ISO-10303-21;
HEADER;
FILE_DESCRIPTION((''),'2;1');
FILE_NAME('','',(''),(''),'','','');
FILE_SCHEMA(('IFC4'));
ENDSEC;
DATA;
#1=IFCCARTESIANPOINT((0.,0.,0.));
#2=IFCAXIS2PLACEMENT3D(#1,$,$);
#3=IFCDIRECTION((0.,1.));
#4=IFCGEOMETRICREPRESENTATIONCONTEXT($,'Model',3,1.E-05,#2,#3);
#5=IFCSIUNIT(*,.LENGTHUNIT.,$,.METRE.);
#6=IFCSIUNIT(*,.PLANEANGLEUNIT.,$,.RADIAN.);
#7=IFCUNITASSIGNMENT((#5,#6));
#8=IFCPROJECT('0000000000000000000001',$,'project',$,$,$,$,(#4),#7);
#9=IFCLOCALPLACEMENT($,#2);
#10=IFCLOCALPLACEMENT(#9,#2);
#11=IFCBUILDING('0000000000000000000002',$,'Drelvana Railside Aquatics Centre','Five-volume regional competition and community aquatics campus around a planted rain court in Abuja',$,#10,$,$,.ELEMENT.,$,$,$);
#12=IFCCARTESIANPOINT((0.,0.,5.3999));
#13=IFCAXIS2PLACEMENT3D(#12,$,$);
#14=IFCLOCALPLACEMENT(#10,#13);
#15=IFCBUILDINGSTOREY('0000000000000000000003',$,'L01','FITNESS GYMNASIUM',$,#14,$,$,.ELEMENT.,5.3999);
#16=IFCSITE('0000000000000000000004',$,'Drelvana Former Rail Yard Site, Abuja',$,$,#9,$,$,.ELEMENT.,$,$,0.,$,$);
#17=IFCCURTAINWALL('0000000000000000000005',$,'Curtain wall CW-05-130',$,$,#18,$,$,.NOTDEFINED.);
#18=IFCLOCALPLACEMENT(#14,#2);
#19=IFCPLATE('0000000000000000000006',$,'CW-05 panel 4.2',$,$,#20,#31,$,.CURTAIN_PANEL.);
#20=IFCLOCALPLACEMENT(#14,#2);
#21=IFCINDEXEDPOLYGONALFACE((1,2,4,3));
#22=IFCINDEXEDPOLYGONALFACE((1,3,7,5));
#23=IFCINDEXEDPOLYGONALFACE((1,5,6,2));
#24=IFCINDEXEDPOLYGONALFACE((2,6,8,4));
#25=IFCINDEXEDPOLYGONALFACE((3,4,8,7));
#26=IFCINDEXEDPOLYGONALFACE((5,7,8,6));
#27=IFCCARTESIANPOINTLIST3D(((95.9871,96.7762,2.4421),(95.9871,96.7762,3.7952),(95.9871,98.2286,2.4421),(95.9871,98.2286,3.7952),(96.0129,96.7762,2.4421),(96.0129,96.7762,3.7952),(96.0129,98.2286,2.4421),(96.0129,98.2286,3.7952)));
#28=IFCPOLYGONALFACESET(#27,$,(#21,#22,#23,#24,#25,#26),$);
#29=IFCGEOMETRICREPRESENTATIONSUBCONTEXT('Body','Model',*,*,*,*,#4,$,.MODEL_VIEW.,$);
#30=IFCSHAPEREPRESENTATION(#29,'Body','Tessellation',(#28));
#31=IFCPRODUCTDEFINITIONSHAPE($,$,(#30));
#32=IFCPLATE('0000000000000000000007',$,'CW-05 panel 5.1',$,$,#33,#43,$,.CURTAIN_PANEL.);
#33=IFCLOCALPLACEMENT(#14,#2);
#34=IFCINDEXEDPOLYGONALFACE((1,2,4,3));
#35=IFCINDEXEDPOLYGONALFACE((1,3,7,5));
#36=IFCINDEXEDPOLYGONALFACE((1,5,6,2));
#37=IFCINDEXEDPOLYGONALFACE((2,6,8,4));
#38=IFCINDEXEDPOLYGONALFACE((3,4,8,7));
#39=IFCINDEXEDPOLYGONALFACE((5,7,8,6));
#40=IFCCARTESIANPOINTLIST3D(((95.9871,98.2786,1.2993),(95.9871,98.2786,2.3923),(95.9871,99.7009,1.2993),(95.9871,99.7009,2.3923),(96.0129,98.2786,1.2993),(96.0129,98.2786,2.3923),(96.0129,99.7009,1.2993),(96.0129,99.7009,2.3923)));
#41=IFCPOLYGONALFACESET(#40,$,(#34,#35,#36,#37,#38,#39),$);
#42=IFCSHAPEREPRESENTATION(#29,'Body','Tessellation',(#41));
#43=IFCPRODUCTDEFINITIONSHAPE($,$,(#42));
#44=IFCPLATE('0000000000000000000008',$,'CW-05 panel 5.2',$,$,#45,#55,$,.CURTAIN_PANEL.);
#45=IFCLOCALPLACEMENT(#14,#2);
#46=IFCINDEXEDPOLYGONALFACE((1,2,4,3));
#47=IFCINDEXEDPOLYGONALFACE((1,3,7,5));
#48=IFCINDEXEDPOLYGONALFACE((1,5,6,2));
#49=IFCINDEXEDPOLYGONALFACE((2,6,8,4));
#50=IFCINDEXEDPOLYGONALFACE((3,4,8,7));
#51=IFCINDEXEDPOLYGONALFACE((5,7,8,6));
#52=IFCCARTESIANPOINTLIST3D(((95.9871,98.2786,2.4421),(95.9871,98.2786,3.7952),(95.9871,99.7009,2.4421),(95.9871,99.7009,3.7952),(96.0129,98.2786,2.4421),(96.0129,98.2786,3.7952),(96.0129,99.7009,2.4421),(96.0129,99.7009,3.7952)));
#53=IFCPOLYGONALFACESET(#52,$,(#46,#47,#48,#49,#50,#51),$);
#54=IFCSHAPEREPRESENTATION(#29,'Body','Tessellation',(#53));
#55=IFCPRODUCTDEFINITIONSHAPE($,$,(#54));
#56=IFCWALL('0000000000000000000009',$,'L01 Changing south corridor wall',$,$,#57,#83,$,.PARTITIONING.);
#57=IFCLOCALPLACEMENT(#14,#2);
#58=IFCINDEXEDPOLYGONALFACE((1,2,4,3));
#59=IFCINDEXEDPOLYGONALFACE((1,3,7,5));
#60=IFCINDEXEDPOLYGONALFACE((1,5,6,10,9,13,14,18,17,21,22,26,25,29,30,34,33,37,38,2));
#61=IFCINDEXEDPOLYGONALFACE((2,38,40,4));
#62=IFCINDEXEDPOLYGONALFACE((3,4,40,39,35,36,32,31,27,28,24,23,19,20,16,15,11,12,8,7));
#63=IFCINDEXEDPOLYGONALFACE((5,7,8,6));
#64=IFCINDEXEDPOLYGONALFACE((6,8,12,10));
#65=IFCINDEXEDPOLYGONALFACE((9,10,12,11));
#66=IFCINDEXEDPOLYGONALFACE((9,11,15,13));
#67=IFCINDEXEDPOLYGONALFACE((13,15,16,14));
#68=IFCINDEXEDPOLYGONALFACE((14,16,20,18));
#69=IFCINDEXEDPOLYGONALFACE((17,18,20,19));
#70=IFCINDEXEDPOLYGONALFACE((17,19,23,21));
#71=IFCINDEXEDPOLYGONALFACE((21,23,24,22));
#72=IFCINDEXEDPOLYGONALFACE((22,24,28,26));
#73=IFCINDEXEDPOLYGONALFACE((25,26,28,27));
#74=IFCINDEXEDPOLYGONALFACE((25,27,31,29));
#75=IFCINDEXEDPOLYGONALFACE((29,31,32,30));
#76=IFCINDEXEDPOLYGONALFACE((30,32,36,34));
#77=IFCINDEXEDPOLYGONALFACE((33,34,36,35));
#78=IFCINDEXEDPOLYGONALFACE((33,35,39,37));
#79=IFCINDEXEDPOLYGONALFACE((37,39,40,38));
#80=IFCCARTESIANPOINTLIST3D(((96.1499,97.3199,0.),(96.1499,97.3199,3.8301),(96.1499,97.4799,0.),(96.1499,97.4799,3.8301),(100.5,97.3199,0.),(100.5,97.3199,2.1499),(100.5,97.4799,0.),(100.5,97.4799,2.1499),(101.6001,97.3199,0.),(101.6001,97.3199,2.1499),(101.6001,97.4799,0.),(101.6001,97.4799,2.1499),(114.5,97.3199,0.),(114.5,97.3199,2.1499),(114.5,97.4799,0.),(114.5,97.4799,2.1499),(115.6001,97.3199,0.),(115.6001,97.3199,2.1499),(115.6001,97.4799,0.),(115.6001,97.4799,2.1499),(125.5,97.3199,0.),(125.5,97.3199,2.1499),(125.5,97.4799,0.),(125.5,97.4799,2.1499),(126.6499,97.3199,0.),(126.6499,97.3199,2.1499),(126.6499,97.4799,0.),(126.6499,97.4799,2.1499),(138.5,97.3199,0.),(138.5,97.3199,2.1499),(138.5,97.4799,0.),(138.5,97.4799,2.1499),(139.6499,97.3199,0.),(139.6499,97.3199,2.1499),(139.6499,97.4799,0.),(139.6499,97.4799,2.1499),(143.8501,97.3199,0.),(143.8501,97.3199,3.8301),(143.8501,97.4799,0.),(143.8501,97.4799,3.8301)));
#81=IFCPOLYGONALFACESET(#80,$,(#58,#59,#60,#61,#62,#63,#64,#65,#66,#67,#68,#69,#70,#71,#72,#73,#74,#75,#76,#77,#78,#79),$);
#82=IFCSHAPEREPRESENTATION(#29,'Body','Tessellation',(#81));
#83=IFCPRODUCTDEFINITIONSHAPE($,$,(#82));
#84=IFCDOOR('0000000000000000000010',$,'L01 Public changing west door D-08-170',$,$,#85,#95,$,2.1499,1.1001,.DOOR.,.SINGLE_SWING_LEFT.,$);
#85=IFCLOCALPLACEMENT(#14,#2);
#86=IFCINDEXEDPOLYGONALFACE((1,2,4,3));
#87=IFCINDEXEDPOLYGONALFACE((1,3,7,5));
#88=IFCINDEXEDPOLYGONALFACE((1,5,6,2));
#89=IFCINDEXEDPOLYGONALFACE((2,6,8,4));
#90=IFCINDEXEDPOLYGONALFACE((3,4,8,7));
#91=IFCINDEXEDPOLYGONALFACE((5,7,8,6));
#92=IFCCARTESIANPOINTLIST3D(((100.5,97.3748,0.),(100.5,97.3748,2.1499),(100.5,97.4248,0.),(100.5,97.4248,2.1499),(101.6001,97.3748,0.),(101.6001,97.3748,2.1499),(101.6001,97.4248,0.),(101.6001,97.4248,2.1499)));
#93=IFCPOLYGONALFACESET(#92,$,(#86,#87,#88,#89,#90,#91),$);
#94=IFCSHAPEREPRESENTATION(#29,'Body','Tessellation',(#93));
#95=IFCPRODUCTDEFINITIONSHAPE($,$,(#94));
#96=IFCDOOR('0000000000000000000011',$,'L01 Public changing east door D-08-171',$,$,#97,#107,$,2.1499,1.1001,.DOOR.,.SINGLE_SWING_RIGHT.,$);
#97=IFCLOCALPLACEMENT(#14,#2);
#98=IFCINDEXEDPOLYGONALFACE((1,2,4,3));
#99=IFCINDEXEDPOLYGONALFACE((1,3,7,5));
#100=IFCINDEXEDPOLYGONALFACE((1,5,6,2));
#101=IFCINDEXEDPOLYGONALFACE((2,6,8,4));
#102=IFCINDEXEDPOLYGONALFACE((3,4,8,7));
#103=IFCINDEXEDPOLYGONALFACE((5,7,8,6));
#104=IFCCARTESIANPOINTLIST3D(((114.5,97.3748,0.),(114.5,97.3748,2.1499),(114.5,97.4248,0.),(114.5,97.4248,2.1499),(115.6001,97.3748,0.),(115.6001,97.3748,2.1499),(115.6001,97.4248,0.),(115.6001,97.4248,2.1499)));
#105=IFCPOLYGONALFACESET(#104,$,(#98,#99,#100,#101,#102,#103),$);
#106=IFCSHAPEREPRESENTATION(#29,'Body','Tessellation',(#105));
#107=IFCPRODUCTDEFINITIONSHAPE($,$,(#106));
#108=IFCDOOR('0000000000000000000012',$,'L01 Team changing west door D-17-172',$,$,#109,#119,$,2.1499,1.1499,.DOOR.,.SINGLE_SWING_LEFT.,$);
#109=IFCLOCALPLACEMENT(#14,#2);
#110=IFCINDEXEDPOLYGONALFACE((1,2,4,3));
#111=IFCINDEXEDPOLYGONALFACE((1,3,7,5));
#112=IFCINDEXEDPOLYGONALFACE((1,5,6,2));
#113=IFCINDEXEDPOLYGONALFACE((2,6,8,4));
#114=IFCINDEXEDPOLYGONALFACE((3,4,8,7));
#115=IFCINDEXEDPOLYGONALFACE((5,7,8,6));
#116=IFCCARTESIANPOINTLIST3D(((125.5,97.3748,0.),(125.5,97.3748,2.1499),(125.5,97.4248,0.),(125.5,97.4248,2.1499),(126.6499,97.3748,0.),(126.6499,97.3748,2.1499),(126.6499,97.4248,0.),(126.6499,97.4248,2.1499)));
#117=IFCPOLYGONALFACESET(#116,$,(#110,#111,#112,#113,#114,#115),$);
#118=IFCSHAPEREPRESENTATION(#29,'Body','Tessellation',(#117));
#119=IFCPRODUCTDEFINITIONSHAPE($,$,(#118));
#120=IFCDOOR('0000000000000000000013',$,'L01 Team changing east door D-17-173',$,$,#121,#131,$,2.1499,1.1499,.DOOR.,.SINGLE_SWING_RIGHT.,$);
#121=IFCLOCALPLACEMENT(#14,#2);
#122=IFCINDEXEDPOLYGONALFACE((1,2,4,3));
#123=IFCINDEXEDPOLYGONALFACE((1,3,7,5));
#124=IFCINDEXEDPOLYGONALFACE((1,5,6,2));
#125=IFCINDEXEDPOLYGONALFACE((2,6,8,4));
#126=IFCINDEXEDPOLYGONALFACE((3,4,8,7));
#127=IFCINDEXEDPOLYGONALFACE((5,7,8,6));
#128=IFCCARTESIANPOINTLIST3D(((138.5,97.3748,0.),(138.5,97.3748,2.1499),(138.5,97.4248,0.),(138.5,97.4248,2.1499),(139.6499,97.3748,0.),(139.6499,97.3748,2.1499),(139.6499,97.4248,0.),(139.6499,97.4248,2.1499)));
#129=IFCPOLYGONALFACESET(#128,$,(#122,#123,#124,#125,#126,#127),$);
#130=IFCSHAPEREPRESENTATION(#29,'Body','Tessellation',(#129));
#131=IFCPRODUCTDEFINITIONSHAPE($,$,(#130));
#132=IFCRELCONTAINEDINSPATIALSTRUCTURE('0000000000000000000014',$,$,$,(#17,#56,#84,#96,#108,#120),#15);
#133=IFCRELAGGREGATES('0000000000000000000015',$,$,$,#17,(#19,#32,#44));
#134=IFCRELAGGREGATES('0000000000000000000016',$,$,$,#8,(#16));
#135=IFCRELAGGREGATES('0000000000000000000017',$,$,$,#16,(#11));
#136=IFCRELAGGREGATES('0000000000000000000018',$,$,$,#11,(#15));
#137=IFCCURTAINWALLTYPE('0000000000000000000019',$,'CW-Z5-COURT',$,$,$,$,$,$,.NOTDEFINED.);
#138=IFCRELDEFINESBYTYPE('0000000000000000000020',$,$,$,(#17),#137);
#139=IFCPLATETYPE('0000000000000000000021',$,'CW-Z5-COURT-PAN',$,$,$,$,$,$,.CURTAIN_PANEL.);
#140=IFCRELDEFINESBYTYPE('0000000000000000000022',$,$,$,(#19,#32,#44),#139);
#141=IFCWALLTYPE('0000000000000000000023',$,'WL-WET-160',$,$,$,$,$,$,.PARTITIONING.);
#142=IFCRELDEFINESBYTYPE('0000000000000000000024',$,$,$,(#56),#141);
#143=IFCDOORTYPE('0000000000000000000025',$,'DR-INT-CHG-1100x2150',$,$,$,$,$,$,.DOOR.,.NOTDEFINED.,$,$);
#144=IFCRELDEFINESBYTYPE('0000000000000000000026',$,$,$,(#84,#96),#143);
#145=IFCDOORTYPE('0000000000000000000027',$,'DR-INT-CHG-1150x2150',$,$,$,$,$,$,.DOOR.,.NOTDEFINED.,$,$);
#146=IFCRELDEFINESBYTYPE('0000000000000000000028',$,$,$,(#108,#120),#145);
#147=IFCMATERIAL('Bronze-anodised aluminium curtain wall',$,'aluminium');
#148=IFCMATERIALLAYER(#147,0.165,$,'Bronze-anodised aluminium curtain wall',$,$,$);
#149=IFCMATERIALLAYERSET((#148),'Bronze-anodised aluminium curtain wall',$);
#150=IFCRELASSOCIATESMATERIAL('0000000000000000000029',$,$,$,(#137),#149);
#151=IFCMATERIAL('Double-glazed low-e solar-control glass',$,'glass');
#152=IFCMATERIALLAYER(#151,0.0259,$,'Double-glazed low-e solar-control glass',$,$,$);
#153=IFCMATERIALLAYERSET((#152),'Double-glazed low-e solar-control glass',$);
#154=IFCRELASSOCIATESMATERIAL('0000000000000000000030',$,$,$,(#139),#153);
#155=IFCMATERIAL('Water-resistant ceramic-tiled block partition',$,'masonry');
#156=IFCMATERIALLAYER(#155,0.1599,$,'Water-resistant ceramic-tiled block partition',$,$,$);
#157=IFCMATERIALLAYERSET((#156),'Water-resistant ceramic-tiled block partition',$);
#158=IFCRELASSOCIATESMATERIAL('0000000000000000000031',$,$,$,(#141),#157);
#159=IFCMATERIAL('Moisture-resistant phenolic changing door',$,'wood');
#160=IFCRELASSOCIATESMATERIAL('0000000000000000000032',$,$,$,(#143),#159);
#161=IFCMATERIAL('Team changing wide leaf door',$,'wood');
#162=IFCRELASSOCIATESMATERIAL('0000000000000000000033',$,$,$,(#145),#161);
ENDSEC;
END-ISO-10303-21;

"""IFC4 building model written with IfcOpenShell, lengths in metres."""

from ifc_helpers import new_model, si_unit, direction, frame, frame_2d, origin, origin_2d, place, context, subcontext, project, spatial, rectangle, extrude, material, layer, layer_set, type_object, element, fill, aggregate, save


model = new_model("IFC4")

# Units and contexts
model_context = context("Model", 3, precision=1e-05, world=origin(), true_north=direction((0.0, 1.0)))
body_context = subcontext(model_context, "Body", "Model", "MODEL_VIEW")
ifc_project = project(units=[si_unit("LENGTHUNIT", "METRE"), si_unit("PLANEANGLEUNIT", "RADIAN")], contexts=[model_context])

# Site, building, storey
site_placement = place(None, origin())
site = spatial("IfcSite", under=ifc_project, at=site_placement, Name="Drelvana Former Rail Yard Site, Abuja", CompositionType="ELEMENT", RefElevation=0.0)
building_placement = place(site_placement, origin())
building = spatial("IfcBuilding", under=site, at=building_placement, Name="Drelvana Railside Aquatics Centre", Description="Five-volume regional competition and community aquatics campus around a planted rain court in Abuja", CompositionType="ELEMENT")
storey_placement = place(building_placement, frame((0.0, 0.0, 5.3999)))
storey = spatial("IfcBuildingStorey", under=building, at=storey_placement, Name="L01", Description="FITNESS GYMNASIUM", CompositionType="ELEMENT", Elevation=5.3999)

# Curtain wall
ifc_material_1 = material(Name="Bronze-anodised aluminium curtain wall", Category="aluminium")
ifc_layer_1 = layer(ifc_material_1, 0.165, Name="Bronze-anodised aluminium curtain wall")
ifc_layer_set_1 = layer_set([ifc_layer_1], Name="Bronze-anodised aluminium curtain wall")
curtain_wall_type = type_object("IfcCurtainWallType", Name="CW-Z5-COURT", PredefinedType="NOTDEFINED", material=ifc_layer_set_1)
curtain_wall_placement = place(storey_placement, origin())
curtain_wall = element("IfcCurtainWall", 1, at=curtain_wall_placement, inside=storey, type_object=curtain_wall_type, Name="Curtain wall CW-05-130", PredefinedType="NOTDEFINED")

# Plates
ifc_material_2 = material(Name="Double-glazed low-e solar-control glass", Category="glass")
ifc_layer_2 = layer(ifc_material_2, 0.0259, Name="Double-glazed low-e solar-control glass")
ifc_layer_set_2 = layer_set([ifc_layer_2], Name="Double-glazed low-e solar-control glass")
plate_type = type_object("IfcPlateType", Name="CW-Z5-COURT-PAN", PredefinedType="CURTAIN_PANEL", material=ifc_layer_set_2)
plate_1_placement = place(storey_placement, frame((96.0, 97.5024, 2.4421), z_axis=(0.0, 0.0, 1.0), x_axis=(0.0, 1.0, 0.0)))
plate_1 = element("IfcPlate", 2, at=plate_1_placement, type_object=plate_type, Name="CW-05 panel 4.2", PredefinedType="CURTAIN_PANEL", context=body_context, shape_type="SweptSolid", body=[
    extrude(rectangle(XDim=1.4524, YDim=0.0259, at=origin_2d()), origin(), (0.0, 0.0, 1.0), 1.353),
])
plate_2_placement = place(storey_placement, frame((96.0, 98.9897, 1.2993), z_axis=(0.0, 0.0, 1.0), x_axis=(0.0, 1.0, 0.0)))
plate_2 = element("IfcPlate", 3, at=plate_2_placement, type_object=plate_type, Name="CW-05 panel 5.1", PredefinedType="CURTAIN_PANEL", context=body_context, shape_type="SweptSolid", body=[
    extrude(rectangle(XDim=1.4224, YDim=0.0259, at=origin_2d()), origin(), (0.0, 0.0, 1.0), 1.093),
])
plate_3_placement = place(storey_placement, frame((96.0, 98.9897, 2.4421), z_axis=(0.0, 0.0, 1.0), x_axis=(0.0, 1.0, 0.0)))
plate_3 = element("IfcPlate", 4, at=plate_3_placement, type_object=plate_type, Name="CW-05 panel 5.2", PredefinedType="CURTAIN_PANEL", context=body_context, shape_type="SweptSolid", body=[
    extrude(rectangle(XDim=1.4224, YDim=0.0259, at=origin_2d()), origin(), (0.0, 0.0, 1.0), 1.353),
])
aggregate(curtain_wall, [plate_1, plate_2, plate_3])

# Wall, openings, doors
ifc_material_3 = material(Name="Water-resistant ceramic-tiled block partition", Category="masonry")
ifc_layer_3 = layer(ifc_material_3, 0.1599, Name="Water-resistant ceramic-tiled block partition")
ifc_layer_set_3 = layer_set([ifc_layer_3], Name="Water-resistant ceramic-tiled block partition")
wall_type = type_object("IfcWallType", Name="WL-WET-160", PredefinedType="PARTITIONING", material=ifc_layer_set_3)
wall_placement = place(storey_placement, frame((96.1499, 97.3999, 0.0), z_axis=(0.0, 0.0, 1.0), x_axis=(1.0, 0.0, 0.0)))
wall = element("IfcWall", 5, at=wall_placement, inside=storey, type_object=wall_type, Name="L01 Changing south corridor wall", PredefinedType="PARTITIONING", context=body_context, shape_type="SweptSolid", body=[
    extrude(rectangle(XDim=47.7002, YDim=0.1599, at=frame_2d((23.8501, 0.0))), origin(), (0.0, 0.0, 1.0), 3.8301),
])
opening_1_placement = place(wall_placement, frame((4.3501, 0.0, 0.0)))
opening_1 = element("IfcOpeningElement", 6, at=opening_1_placement, cuts=wall, PredefinedType="OPENING", context=body_context, shape_type="SweptSolid", body=[
    extrude(rectangle(XDim=1.1001, YDim=2.1499, at=frame_2d((0.55, 1.075))), frame((0.0, 0.0898, 0.0), z_axis=(0.0, -1.0, 0.0), x_axis=(1.0, 0.0, 0.0)), (0.0, 0.0, 1.0), 0.1799),
])
opening_2_placement = place(wall_placement, frame((18.3501, 0.0, 0.0)))
opening_2 = element("IfcOpeningElement", 7, at=opening_2_placement, cuts=wall, PredefinedType="OPENING", context=body_context, shape_type="SweptSolid", body=[
    extrude(rectangle(XDim=1.1001, YDim=2.1499, at=frame_2d((0.55, 1.075))), frame((0.0, 0.0898, 0.0), z_axis=(0.0, -1.0, 0.0), x_axis=(1.0, 0.0, 0.0)), (0.0, 0.0, 1.0), 0.1799),
])
opening_3_placement = place(wall_placement, frame((29.3501, 0.0, 0.0)))
opening_3 = element("IfcOpeningElement", 8, at=opening_3_placement, cuts=wall, PredefinedType="OPENING", context=body_context, shape_type="SweptSolid", body=[
    extrude(rectangle(XDim=1.1499, YDim=2.1499, at=frame_2d((0.575, 1.075))), frame((0.0, 0.0898, 0.0), z_axis=(0.0, -1.0, 0.0), x_axis=(1.0, 0.0, 0.0)), (0.0, 0.0, 1.0), 0.1799),
])
opening_4_placement = place(wall_placement, frame((42.3501, 0.0, 0.0)))
opening_4 = element("IfcOpeningElement", 9, at=opening_4_placement, cuts=wall, PredefinedType="OPENING", context=body_context, shape_type="SweptSolid", body=[
    extrude(rectangle(XDim=1.1499, YDim=2.1499, at=frame_2d((0.575, 1.075))), frame((0.0, 0.0898, 0.0), z_axis=(0.0, -1.0, 0.0), x_axis=(1.0, 0.0, 0.0)), (0.0, 0.0, 1.0), 0.1799),
])
ifc_material_4 = material(Name="Moisture-resistant phenolic changing door", Category="wood")
door_type_1 = type_object("IfcDoorType", Name="DR-INT-CHG-1100x2150", OperationType="NOTDEFINED", PredefinedType="DOOR", material=ifc_material_4)
door_1_placement = place(opening_1_placement, origin())
door_1 = element("IfcDoor", 10, at=door_1_placement, inside=storey, type_object=door_type_1, Name="L01 Public changing west door D-08-170", OperationType="SINGLE_SWING_LEFT", OverallHeight=2.1499, OverallWidth=1.1001, PredefinedType="DOOR", context=body_context, shape_type="SweptSolid", body=[
    extrude(rectangle(XDim=1.1001, YDim=2.1499, at=frame_2d((0.55, 1.075))), frame((0.0, 0.0249, 0.0), z_axis=(0.0, -1.0, 0.0), x_axis=(1.0, 0.0, 0.0)), (0.0, 0.0, 1.0), 0.05),
])
fill(opening_1, door_1)
door_2_placement = place(opening_2_placement, origin())
door_2 = element("IfcDoor", 11, at=door_2_placement, inside=storey, type_object=door_type_1, Name="L01 Public changing east door D-08-171", OperationType="SINGLE_SWING_RIGHT", OverallHeight=2.1499, OverallWidth=1.1001, PredefinedType="DOOR", context=body_context, shape_type="SweptSolid", body=[
    extrude(rectangle(XDim=1.1001, YDim=2.1499, at=frame_2d((0.55, 1.075))), frame((0.0, 0.0249, 0.0), z_axis=(0.0, -1.0, 0.0), x_axis=(1.0, 0.0, 0.0)), (0.0, 0.0, 1.0), 0.05),
])
fill(opening_2, door_2)
ifc_material_5 = material(Name="Team changing wide leaf door", Category="wood")
door_type_2 = type_object("IfcDoorType", Name="DR-INT-CHG-1150x2150", OperationType="NOTDEFINED", PredefinedType="DOOR", material=ifc_material_5)
door_3_placement = place(opening_3_placement, origin())
door_3 = element("IfcDoor", 12, at=door_3_placement, inside=storey, type_object=door_type_2, Name="L01 Team changing west door D-17-172", OperationType="SINGLE_SWING_LEFT", OverallHeight=2.1499, OverallWidth=1.1499, PredefinedType="DOOR", context=body_context, shape_type="SweptSolid", body=[
    extrude(rectangle(XDim=1.1499, YDim=2.1499, at=frame_2d((0.575, 1.075))), frame((0.0, 0.0249, 0.0), z_axis=(0.0, -1.0, 0.0), x_axis=(1.0, 0.0, 0.0)), (0.0, 0.0, 1.0), 0.05),
])
fill(opening_3, door_3)
door_4_placement = place(opening_4_placement, origin())
door_4 = element("IfcDoor", 13, at=door_4_placement, inside=storey, type_object=door_type_2, Name="L01 Team changing east door D-17-173", OperationType="SINGLE_SWING_RIGHT", OverallHeight=2.1499, OverallWidth=1.1499, PredefinedType="DOOR", context=body_context, shape_type="SweptSolid", body=[
    extrude(rectangle(XDim=1.1499, YDim=2.1499, at=frame_2d((0.575, 1.075))), frame((0.0, 0.0249, 0.0), z_axis=(0.0, -1.0, 0.0), x_axis=(1.0, 0.0, 0.0)), (0.0, 0.0, 1.0), 0.05),
])
fill(opening_4, door_4)

save(model, "model.ifc")
